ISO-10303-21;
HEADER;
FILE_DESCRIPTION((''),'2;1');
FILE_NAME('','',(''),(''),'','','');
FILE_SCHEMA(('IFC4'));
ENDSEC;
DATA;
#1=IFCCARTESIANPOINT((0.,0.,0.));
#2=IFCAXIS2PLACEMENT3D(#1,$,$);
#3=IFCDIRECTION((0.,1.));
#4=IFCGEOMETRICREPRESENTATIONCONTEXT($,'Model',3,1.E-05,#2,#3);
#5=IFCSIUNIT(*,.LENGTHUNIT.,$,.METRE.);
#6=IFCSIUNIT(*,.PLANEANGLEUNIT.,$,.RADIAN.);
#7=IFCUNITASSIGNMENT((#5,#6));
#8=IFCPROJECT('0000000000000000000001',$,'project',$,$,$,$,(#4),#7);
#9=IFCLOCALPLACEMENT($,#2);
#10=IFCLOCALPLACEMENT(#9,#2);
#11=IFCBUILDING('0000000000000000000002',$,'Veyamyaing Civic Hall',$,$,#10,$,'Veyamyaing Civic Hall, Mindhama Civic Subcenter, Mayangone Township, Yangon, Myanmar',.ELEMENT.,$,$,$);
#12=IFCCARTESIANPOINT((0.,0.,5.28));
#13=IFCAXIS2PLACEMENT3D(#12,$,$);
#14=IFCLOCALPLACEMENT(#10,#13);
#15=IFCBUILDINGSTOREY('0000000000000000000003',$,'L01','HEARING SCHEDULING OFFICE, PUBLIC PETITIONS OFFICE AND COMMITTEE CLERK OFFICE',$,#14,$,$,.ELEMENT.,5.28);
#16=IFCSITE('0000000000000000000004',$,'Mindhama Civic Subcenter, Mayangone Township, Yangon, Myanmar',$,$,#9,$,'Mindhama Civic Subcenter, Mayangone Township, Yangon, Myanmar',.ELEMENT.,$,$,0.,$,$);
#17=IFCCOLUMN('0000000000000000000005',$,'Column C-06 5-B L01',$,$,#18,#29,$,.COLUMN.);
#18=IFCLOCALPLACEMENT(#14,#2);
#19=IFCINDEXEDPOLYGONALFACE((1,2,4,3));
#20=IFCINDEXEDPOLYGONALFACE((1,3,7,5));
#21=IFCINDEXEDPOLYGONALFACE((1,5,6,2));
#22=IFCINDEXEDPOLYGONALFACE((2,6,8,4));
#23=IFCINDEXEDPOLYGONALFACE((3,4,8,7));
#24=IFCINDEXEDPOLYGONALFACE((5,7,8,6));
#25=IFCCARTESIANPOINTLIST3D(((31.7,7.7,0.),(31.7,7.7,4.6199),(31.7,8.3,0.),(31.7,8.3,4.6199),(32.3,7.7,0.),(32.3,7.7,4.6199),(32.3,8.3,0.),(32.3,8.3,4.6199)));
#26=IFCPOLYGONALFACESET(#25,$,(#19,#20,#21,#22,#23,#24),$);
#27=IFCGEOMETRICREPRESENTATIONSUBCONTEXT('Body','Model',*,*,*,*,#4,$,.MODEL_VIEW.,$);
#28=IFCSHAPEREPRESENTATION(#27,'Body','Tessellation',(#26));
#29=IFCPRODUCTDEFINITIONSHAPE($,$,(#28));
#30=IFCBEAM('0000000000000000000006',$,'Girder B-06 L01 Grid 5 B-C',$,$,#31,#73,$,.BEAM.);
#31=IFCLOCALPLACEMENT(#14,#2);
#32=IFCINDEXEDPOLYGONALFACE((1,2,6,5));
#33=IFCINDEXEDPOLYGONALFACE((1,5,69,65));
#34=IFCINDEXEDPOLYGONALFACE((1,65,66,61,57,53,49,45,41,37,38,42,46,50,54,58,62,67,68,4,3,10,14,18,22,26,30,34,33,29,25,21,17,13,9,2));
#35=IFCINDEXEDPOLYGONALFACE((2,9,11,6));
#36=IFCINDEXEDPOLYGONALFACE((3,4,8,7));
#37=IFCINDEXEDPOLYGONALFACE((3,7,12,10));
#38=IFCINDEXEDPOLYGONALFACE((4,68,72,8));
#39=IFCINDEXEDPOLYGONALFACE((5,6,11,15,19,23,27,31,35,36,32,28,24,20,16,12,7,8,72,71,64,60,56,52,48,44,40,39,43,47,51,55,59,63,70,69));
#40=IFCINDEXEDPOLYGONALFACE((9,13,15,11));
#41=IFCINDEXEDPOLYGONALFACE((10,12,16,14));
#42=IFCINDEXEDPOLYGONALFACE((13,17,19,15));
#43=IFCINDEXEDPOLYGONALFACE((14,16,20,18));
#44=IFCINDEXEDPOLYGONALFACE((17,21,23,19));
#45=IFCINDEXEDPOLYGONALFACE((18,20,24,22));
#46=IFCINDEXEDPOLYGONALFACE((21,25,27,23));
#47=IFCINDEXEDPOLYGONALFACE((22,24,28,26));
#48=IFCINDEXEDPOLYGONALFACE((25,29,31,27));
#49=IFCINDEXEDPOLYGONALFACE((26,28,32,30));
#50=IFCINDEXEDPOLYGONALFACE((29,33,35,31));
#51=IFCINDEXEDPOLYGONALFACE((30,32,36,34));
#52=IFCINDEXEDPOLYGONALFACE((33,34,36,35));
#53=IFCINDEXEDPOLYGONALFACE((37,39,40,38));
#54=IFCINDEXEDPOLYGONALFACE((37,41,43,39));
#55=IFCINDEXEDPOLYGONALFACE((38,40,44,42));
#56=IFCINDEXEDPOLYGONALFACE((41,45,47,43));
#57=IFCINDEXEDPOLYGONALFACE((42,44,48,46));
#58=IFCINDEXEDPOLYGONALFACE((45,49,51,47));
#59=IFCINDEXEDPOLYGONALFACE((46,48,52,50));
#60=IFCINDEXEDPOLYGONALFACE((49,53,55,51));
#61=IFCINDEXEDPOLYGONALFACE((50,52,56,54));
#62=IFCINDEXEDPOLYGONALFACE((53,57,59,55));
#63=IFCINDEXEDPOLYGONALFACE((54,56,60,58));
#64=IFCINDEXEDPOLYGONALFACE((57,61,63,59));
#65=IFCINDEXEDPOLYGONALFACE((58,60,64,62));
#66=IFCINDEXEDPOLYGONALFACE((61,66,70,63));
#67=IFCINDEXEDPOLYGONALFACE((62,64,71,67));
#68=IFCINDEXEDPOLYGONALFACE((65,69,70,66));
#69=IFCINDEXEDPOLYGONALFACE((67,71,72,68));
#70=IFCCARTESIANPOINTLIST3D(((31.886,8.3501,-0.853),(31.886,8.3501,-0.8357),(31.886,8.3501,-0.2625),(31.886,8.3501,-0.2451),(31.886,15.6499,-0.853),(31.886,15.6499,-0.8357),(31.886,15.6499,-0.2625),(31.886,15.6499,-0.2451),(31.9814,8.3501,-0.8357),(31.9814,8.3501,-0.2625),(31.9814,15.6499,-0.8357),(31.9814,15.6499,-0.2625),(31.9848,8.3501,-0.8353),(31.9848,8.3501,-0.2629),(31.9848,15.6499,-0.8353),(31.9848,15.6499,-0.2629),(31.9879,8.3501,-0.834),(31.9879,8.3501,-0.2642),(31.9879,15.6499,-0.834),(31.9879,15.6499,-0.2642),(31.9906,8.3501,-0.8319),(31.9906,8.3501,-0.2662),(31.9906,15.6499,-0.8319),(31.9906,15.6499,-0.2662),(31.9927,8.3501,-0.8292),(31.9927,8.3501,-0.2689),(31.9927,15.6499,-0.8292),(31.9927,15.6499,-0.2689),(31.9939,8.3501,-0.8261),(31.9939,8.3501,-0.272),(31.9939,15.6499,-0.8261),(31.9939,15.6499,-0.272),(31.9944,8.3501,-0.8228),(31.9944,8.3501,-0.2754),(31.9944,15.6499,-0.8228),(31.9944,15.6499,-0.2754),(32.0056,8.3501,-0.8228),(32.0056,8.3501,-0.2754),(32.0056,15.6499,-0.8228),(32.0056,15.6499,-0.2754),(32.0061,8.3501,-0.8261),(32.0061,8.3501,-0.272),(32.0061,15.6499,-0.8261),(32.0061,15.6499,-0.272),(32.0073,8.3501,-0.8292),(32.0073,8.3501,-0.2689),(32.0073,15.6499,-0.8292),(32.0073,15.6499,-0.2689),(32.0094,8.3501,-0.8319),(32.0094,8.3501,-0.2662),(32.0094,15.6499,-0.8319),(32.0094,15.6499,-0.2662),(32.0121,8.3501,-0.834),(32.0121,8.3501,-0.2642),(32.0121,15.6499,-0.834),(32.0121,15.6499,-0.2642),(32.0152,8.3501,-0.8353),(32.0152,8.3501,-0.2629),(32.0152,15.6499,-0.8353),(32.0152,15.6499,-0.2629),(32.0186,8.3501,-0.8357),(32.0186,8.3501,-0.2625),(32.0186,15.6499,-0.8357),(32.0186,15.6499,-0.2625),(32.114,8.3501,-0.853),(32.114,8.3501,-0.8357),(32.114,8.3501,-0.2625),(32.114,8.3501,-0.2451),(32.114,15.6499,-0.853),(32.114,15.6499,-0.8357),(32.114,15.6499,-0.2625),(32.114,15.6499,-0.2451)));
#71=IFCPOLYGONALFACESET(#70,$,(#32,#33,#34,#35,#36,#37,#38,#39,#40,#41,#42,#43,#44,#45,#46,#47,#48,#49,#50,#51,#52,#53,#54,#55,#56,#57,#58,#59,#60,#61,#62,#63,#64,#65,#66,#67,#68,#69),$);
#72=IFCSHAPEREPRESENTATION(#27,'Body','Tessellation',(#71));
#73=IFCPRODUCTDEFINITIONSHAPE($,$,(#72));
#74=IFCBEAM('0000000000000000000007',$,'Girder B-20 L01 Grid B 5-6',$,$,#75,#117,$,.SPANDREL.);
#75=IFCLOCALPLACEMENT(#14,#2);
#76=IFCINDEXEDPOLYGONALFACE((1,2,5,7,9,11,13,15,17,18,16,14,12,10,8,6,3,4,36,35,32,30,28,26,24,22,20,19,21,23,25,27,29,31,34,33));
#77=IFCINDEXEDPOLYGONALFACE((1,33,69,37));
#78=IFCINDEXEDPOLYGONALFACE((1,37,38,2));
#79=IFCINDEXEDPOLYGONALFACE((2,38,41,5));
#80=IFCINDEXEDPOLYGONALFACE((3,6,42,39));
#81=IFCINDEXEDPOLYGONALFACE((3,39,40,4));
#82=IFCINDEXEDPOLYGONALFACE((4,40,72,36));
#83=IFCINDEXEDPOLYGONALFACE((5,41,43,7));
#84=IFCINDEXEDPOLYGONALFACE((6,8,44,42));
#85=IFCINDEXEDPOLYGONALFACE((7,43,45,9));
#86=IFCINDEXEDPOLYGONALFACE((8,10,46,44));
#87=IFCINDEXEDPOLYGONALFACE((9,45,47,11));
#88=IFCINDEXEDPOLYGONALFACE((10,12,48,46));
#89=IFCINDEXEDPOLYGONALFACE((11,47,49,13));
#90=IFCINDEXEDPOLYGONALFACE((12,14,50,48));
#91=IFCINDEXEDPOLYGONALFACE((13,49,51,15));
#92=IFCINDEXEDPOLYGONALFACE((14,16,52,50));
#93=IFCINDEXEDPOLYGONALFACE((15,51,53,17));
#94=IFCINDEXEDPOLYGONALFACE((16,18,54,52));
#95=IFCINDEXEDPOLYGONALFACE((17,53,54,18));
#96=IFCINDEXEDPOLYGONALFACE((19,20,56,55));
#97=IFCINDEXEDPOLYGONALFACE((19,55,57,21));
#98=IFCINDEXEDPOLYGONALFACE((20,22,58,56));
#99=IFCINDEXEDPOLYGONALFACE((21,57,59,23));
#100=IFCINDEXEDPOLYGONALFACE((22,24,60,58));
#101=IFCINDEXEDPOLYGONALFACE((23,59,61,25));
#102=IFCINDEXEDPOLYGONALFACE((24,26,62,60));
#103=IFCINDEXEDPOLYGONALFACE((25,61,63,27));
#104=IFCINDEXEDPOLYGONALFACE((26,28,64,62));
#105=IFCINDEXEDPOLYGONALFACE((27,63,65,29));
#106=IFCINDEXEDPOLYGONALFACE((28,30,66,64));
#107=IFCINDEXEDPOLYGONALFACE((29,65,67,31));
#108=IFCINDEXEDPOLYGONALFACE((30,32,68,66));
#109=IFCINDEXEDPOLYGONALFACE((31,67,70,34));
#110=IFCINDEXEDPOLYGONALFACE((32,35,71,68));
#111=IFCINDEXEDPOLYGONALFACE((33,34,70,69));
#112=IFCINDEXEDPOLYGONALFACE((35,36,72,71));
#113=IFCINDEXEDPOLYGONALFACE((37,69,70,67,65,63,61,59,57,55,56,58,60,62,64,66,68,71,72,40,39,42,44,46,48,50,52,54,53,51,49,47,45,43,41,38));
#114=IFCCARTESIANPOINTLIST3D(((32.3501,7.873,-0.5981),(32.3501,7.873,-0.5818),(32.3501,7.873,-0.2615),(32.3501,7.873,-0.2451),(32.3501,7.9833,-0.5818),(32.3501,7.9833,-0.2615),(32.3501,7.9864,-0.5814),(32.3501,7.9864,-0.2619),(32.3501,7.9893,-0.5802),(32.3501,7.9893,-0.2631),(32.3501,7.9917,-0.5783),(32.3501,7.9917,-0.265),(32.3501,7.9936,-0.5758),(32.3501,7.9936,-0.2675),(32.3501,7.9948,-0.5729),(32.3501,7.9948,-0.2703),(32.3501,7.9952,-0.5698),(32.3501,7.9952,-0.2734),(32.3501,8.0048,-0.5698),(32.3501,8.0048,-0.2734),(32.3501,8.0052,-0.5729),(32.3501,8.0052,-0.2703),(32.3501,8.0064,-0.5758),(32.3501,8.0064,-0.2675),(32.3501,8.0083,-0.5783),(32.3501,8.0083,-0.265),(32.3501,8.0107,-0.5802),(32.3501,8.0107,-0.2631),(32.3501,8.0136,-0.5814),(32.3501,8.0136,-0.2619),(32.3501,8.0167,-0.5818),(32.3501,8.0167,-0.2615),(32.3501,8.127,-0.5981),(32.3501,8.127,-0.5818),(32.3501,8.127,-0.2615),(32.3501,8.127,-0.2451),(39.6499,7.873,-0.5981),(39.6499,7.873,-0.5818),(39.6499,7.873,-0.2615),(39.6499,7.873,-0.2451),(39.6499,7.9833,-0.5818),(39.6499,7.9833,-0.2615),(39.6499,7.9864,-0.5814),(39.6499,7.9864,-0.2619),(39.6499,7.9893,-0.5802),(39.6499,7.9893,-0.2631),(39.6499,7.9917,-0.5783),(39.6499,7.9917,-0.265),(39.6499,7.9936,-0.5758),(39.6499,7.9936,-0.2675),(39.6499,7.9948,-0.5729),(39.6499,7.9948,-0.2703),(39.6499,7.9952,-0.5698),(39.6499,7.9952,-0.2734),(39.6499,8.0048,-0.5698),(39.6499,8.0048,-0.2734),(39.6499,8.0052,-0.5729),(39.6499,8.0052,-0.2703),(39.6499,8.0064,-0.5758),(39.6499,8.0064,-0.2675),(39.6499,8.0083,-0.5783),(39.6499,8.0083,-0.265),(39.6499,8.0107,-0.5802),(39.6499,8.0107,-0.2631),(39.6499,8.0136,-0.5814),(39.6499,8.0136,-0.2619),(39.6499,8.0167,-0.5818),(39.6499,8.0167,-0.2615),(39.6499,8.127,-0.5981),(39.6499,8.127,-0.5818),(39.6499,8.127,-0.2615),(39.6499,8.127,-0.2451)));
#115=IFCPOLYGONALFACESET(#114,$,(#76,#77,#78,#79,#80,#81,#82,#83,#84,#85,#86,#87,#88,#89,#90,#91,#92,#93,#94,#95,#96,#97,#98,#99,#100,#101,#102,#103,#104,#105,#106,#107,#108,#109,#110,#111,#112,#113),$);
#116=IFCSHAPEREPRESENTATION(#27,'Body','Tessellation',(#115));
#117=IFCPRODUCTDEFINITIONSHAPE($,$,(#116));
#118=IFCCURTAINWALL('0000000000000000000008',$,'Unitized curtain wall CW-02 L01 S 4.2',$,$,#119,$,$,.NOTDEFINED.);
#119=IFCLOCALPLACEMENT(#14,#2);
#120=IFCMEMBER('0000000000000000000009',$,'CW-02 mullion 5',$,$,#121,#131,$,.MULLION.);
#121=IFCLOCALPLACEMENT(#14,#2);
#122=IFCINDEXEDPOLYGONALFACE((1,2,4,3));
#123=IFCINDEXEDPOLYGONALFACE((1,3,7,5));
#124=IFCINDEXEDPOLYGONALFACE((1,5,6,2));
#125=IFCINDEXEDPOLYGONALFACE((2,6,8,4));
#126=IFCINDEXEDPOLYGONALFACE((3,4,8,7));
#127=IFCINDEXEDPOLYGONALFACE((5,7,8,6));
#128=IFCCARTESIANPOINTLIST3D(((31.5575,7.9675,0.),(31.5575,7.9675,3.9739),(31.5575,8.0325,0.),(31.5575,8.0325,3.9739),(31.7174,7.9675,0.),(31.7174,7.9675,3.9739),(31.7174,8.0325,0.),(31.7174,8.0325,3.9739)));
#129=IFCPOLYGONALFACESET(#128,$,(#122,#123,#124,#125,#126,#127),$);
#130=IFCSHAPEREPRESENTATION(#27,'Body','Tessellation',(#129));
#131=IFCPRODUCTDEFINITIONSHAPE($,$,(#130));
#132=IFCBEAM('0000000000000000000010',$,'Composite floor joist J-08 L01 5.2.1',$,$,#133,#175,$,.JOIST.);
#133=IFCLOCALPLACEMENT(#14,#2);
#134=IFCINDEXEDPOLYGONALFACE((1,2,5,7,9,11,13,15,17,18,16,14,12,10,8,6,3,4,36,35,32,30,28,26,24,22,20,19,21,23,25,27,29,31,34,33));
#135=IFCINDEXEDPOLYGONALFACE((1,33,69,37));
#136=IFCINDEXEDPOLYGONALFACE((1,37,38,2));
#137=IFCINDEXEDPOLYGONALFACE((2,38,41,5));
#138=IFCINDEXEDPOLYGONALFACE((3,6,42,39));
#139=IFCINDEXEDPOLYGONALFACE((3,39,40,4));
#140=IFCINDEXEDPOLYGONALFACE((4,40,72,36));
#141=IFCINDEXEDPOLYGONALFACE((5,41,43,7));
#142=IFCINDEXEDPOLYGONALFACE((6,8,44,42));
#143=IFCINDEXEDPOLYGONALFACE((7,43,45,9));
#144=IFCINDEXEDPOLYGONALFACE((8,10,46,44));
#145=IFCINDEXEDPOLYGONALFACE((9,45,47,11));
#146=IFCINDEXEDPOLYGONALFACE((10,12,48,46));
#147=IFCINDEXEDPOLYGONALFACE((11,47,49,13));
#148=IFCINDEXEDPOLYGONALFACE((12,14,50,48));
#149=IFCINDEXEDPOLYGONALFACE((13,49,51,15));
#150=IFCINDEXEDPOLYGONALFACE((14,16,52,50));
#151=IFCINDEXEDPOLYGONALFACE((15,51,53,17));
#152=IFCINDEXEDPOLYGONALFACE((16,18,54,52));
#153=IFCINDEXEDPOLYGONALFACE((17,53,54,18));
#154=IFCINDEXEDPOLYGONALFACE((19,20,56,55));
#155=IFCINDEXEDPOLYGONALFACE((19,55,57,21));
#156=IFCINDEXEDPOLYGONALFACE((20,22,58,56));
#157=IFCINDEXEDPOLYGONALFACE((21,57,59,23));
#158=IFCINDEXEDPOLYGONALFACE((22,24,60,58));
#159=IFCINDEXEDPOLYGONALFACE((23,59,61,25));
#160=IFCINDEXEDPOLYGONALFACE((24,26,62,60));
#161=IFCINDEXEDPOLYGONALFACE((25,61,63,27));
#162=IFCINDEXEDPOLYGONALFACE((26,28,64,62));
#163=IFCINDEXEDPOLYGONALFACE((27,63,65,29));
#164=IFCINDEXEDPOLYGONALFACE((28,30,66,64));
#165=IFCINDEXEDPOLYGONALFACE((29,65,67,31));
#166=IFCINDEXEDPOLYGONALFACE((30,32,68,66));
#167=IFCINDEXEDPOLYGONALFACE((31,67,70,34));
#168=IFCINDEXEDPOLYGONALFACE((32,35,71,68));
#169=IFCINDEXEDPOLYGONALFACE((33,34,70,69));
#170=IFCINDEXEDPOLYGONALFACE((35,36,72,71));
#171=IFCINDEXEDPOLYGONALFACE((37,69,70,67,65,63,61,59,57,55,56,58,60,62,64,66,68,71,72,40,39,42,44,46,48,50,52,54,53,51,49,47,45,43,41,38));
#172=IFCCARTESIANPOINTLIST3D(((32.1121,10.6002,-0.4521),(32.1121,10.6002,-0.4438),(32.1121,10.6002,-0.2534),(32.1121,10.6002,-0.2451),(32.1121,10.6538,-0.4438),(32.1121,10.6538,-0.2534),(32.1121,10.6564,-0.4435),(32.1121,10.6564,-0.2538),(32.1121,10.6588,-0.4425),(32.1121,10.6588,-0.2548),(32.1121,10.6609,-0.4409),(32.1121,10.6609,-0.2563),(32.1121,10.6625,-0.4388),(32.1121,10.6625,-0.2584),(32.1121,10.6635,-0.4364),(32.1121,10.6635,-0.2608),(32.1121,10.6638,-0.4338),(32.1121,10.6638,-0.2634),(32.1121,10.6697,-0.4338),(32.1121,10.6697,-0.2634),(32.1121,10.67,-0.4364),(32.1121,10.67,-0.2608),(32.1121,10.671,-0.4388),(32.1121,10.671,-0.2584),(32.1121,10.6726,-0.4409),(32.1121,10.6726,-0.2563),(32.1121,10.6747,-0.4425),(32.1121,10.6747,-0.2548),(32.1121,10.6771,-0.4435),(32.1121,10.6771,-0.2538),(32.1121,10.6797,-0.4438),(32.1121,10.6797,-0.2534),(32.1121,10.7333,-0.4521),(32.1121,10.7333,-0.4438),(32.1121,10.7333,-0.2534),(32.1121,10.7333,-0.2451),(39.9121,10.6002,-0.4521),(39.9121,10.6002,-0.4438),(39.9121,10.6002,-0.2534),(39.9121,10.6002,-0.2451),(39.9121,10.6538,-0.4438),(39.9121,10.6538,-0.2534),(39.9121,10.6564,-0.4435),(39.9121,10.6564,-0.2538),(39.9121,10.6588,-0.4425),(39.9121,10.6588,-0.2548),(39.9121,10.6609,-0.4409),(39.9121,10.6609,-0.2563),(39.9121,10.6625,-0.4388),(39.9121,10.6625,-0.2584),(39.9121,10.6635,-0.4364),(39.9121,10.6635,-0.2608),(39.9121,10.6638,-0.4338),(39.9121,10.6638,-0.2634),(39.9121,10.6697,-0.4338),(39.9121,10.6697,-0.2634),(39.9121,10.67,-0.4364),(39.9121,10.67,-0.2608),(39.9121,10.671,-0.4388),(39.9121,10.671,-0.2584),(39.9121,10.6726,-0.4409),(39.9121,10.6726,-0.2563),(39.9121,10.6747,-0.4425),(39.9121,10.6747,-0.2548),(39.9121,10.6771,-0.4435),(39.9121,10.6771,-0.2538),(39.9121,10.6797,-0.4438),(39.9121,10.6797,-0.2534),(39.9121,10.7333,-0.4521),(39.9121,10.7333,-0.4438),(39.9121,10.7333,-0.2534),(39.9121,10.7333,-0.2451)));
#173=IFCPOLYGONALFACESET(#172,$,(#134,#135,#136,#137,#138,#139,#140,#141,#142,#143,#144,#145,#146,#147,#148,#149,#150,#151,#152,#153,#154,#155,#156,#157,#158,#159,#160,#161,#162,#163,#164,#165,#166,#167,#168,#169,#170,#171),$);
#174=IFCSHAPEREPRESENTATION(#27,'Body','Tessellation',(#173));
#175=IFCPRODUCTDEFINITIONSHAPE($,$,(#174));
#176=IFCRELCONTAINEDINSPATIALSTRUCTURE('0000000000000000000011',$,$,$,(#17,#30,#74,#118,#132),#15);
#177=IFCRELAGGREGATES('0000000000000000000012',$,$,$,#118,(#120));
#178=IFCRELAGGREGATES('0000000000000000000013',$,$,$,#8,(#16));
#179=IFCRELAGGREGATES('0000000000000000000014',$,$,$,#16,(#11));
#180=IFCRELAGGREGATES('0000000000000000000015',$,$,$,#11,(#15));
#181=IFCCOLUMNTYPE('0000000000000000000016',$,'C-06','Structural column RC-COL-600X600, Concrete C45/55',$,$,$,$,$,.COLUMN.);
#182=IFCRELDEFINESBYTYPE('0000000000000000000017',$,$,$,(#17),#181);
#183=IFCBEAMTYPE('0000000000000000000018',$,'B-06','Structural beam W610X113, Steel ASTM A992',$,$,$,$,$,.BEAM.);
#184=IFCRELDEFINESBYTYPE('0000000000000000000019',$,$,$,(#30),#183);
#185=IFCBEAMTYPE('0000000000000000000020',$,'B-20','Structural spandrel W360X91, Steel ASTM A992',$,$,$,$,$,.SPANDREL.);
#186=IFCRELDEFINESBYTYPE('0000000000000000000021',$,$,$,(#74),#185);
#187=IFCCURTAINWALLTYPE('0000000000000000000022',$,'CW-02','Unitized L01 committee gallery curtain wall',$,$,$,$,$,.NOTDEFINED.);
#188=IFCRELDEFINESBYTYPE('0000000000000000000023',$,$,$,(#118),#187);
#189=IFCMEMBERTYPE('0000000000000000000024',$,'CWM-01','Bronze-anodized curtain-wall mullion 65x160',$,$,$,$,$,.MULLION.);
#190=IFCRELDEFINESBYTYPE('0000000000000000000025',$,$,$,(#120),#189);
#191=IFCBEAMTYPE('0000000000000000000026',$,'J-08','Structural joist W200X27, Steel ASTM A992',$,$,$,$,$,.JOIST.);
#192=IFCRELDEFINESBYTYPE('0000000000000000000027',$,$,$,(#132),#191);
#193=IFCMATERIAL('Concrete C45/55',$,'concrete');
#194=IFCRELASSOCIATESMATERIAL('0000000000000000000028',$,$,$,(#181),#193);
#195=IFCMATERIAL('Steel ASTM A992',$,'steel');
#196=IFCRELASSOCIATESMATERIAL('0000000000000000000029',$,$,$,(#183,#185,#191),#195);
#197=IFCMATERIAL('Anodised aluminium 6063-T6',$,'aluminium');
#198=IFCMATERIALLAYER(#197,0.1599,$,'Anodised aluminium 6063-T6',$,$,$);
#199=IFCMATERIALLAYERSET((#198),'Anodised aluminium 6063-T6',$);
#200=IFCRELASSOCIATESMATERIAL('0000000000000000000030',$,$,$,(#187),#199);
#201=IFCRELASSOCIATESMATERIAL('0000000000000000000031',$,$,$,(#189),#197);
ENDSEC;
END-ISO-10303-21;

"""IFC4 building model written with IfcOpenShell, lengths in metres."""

from ifc_helpers import new_model, si_unit, direction, frame, origin, origin_2d, place, context, subcontext, project, spatial, rectangle, i_section, extrude, material, layer, layer_set, material_profile, profile_set, type_object, element, aggregate, save


model = new_model("IFC4")

# Units and contexts
model_context = context("Model", 3, precision=1e-05, world=origin(), true_north=direction((0.0, 1.0)))
body_context = subcontext(model_context, "Body", "Model", "MODEL_VIEW")
ifc_project = project(units=[si_unit("LENGTHUNIT", "METRE"), si_unit("PLANEANGLEUNIT", "RADIAN")], contexts=[model_context])

# Site, building, storey
site_placement = place(None, origin())
site = spatial("IfcSite", under=ifc_project, at=site_placement, Name="Mindhama Civic Subcenter, Mayangone Township, Yangon, Myanmar", LongName="Mindhama Civic Subcenter, Mayangone Township, Yangon, Myanmar", CompositionType="ELEMENT", RefElevation=0.0)
building_placement = place(site_placement, origin())
building = spatial("IfcBuilding", under=site, at=building_placement, Name="Veyamyaing Civic Hall", LongName="Veyamyaing Civic Hall, Mindhama Civic Subcenter, Mayangone Township, Yangon, Myanmar", CompositionType="ELEMENT")
storey_placement = place(building_placement, frame((0.0, 0.0, 5.28)))
storey = spatial("IfcBuildingStorey", under=building, at=storey_placement, Name="L01", Description="HEARING SCHEDULING OFFICE, PUBLIC PETITIONS OFFICE AND COMMITTEE CLERK OFFICE", CompositionType="ELEMENT", Elevation=5.28)

# Column
ifc_material_1 = material(Name="Concrete C45/55", Category="concrete")
ifc_material_profile_1 = material_profile(ifc_material_1, rectangle(XDim=0.6001, YDim=0.6001, at=origin_2d()), Name="RC-COL-600X600")
ifc_profile_set_1 = profile_set([ifc_material_profile_1], Name="Concrete C45/55")
column_type = type_object("IfcColumnType", Name="C-06", Description="Structural column RC-COL-600X600, Concrete C45/55", PredefinedType="COLUMN", material=ifc_profile_set_1)
column_placement = place(storey_placement, frame((32.0, 8.0, 0.0), z_axis=(0.0, 0.0, 1.0), x_axis=(1.0, 0.0, 0.0)))
element("IfcColumn", 1, at=column_placement, inside=storey, type_object=column_type, Name="Column C-06 5-B L01", PredefinedType="COLUMN", context=body_context, shape_type="SweptSolid", body=[
    extrude(rectangle(XDim=0.6001, YDim=0.6001, at=origin_2d()), origin(), (0.0, 0.0, 1.0), 4.6199),
])

# Beams
ifc_material_2 = material(Name="Steel ASTM A992", Category="steel")
ifc_material_profile_2 = material_profile(ifc_material_2, i_section(OverallWidth=0.228, OverallDepth=0.6079, WebThickness=0.0112, FlangeThickness=0.0173, FilletRadius=0.0129, at=origin_2d()), Name="W610X113")
ifc_profile_set_2 = profile_set([ifc_material_profile_2], Name="Steel ASTM A992")
beam_type_1 = type_object("IfcBeamType", Name="B-06", Description="Structural beam W610X113, Steel ASTM A992", PredefinedType="BEAM", material=ifc_profile_set_2)
beam_1_placement = place(storey_placement, frame((32.0, 8.3501, -0.5491), z_axis=(0.0, 1.0, 0.0), x_axis=(-1.0, 0.0, 0.0)))
element("IfcBeam", 2, at=beam_1_placement, inside=storey, type_object=beam_type_1, Name="Girder B-06 L01 Grid 5 B-C", PredefinedType="BEAM", context=body_context, shape_type="SweptSolid", body=[
    extrude(i_section(OverallWidth=0.228, OverallDepth=0.6079, WebThickness=0.0112, FlangeThickness=0.0173, FilletRadius=0.0129, at=origin_2d()), origin(), (0.0, 0.0, 1.0), 7.2998),
])
ifc_material_profile_3 = material_profile(ifc_material_2, i_section(OverallWidth=0.2539, OverallDepth=0.353, WebThickness=0.0095, FlangeThickness=0.0164, FilletRadius=0.012, at=origin_2d()), Name="W360X91")
ifc_profile_set_3 = profile_set([ifc_material_profile_3], Name="Steel ASTM A992")
beam_type_2 = type_object("IfcBeamType", Name="B-20", Description="Structural spandrel W360X91, Steel ASTM A992", PredefinedType="SPANDREL", material=ifc_profile_set_3)
beam_2_placement = place(storey_placement, frame((32.3501, 8.0, -0.4216), z_axis=(1.0, 0.0, 0.0), x_axis=(0.0, 1.0, 0.0)))
element("IfcBeam", 3, at=beam_2_placement, inside=storey, type_object=beam_type_2, Name="Girder B-20 L01 Grid B 5-6", PredefinedType="SPANDREL", context=body_context, shape_type="SweptSolid", body=[
    extrude(i_section(OverallWidth=0.2539, OverallDepth=0.353, WebThickness=0.0095, FlangeThickness=0.0164, FilletRadius=0.012, at=origin_2d()), origin(), (0.0, 0.0, 1.0), 7.2998),
])

# Curtain wall, member
ifc_material_3 = material(Name="Anodised aluminium 6063-T6", Category="aluminium")
ifc_layer_1 = layer(ifc_material_3, 0.1599, Name="Anodised aluminium 6063-T6")
ifc_layer_set_1 = layer_set([ifc_layer_1], Name="Anodised aluminium 6063-T6")
curtain_wall_type = type_object("IfcCurtainWallType", Name="CW-02", Description="Unitized L01 committee gallery curtain wall", PredefinedType="NOTDEFINED", material=ifc_layer_set_1)
curtain_wall_1_placement = place(storey_placement, origin())
curtain_wall_1 = element("IfcCurtainWall", 4, at=curtain_wall_1_placement, inside=storey, type_object=curtain_wall_type, Name="Unitized curtain wall CW-02 L01 S 4.2", PredefinedType="NOTDEFINED")
ifc_material_profile_4 = material_profile(ifc_material_3, rectangle(XDim=0.0649, YDim=0.1599, at=origin_2d()), Name="ALU-MUL-65X160")
ifc_profile_set_4 = profile_set([ifc_material_profile_4], Name="Anodised aluminium 6063-T6")
member_type = type_object("IfcMemberType", Name="CWM-01", Description="Bronze-anodized curtain-wall mullion 65x160", PredefinedType="MULLION", material=ifc_profile_set_4)
member_placement = place(storey_placement, frame((31.6375, 8.0, 0.0), z_axis=(0.0, 0.0, 1.0), x_axis=(0.0, 1.0, 0.0)))
member = element("IfcMember", 5, at=member_placement, type_object=member_type, Name="CW-02 mullion 5", PredefinedType="MULLION", context=body_context, shape_type="SweptSolid", body=[
    extrude(rectangle(XDim=0.0649, YDim=0.1599, at=origin_2d()), origin(), (0.0, 0.0, 1.0), 3.9739),
])

# Beam
ifc_material_profile_5 = material_profile(ifc_material_2, i_section(OverallWidth=0.1331, OverallDepth=0.207, WebThickness=0.0059, FlangeThickness=0.0083, FilletRadius=0.01, at=origin_2d()), Name="W200X27")
ifc_profile_set_5 = profile_set([ifc_material_profile_5], Name="Steel ASTM A992")
beam_type_3 = type_object("IfcBeamType", Name="J-08", Description="Structural joist W200X27, Steel ASTM A992", PredefinedType="JOIST", material=ifc_profile_set_5)
for number, where, z_axis, x_axis, name in (
    (6, (32.1121, 10.6667, -0.3486), (1.0, 0.0, 0.0), (0.0, 1.0, 0.0), "Composite floor joist J-08 L01 5.2.1"),
):
    element("IfcBeam", number, at=place(storey_placement, frame(where, z_axis=z_axis, x_axis=x_axis)), inside=storey, type_object=beam_type_3, Name=name, PredefinedType="JOIST", context=body_context, shape_type="SweptSolid", body=[
        extrude(i_section(OverallWidth=0.1331, OverallDepth=0.207, WebThickness=0.0059, FlangeThickness=0.0083, FilletRadius=0.01, at=origin_2d()), origin(), (0.0, 0.0, 1.0), 7.8),
    ])

aggregate(curtain_wall_1, [member])

save(model, "model.ifc")
